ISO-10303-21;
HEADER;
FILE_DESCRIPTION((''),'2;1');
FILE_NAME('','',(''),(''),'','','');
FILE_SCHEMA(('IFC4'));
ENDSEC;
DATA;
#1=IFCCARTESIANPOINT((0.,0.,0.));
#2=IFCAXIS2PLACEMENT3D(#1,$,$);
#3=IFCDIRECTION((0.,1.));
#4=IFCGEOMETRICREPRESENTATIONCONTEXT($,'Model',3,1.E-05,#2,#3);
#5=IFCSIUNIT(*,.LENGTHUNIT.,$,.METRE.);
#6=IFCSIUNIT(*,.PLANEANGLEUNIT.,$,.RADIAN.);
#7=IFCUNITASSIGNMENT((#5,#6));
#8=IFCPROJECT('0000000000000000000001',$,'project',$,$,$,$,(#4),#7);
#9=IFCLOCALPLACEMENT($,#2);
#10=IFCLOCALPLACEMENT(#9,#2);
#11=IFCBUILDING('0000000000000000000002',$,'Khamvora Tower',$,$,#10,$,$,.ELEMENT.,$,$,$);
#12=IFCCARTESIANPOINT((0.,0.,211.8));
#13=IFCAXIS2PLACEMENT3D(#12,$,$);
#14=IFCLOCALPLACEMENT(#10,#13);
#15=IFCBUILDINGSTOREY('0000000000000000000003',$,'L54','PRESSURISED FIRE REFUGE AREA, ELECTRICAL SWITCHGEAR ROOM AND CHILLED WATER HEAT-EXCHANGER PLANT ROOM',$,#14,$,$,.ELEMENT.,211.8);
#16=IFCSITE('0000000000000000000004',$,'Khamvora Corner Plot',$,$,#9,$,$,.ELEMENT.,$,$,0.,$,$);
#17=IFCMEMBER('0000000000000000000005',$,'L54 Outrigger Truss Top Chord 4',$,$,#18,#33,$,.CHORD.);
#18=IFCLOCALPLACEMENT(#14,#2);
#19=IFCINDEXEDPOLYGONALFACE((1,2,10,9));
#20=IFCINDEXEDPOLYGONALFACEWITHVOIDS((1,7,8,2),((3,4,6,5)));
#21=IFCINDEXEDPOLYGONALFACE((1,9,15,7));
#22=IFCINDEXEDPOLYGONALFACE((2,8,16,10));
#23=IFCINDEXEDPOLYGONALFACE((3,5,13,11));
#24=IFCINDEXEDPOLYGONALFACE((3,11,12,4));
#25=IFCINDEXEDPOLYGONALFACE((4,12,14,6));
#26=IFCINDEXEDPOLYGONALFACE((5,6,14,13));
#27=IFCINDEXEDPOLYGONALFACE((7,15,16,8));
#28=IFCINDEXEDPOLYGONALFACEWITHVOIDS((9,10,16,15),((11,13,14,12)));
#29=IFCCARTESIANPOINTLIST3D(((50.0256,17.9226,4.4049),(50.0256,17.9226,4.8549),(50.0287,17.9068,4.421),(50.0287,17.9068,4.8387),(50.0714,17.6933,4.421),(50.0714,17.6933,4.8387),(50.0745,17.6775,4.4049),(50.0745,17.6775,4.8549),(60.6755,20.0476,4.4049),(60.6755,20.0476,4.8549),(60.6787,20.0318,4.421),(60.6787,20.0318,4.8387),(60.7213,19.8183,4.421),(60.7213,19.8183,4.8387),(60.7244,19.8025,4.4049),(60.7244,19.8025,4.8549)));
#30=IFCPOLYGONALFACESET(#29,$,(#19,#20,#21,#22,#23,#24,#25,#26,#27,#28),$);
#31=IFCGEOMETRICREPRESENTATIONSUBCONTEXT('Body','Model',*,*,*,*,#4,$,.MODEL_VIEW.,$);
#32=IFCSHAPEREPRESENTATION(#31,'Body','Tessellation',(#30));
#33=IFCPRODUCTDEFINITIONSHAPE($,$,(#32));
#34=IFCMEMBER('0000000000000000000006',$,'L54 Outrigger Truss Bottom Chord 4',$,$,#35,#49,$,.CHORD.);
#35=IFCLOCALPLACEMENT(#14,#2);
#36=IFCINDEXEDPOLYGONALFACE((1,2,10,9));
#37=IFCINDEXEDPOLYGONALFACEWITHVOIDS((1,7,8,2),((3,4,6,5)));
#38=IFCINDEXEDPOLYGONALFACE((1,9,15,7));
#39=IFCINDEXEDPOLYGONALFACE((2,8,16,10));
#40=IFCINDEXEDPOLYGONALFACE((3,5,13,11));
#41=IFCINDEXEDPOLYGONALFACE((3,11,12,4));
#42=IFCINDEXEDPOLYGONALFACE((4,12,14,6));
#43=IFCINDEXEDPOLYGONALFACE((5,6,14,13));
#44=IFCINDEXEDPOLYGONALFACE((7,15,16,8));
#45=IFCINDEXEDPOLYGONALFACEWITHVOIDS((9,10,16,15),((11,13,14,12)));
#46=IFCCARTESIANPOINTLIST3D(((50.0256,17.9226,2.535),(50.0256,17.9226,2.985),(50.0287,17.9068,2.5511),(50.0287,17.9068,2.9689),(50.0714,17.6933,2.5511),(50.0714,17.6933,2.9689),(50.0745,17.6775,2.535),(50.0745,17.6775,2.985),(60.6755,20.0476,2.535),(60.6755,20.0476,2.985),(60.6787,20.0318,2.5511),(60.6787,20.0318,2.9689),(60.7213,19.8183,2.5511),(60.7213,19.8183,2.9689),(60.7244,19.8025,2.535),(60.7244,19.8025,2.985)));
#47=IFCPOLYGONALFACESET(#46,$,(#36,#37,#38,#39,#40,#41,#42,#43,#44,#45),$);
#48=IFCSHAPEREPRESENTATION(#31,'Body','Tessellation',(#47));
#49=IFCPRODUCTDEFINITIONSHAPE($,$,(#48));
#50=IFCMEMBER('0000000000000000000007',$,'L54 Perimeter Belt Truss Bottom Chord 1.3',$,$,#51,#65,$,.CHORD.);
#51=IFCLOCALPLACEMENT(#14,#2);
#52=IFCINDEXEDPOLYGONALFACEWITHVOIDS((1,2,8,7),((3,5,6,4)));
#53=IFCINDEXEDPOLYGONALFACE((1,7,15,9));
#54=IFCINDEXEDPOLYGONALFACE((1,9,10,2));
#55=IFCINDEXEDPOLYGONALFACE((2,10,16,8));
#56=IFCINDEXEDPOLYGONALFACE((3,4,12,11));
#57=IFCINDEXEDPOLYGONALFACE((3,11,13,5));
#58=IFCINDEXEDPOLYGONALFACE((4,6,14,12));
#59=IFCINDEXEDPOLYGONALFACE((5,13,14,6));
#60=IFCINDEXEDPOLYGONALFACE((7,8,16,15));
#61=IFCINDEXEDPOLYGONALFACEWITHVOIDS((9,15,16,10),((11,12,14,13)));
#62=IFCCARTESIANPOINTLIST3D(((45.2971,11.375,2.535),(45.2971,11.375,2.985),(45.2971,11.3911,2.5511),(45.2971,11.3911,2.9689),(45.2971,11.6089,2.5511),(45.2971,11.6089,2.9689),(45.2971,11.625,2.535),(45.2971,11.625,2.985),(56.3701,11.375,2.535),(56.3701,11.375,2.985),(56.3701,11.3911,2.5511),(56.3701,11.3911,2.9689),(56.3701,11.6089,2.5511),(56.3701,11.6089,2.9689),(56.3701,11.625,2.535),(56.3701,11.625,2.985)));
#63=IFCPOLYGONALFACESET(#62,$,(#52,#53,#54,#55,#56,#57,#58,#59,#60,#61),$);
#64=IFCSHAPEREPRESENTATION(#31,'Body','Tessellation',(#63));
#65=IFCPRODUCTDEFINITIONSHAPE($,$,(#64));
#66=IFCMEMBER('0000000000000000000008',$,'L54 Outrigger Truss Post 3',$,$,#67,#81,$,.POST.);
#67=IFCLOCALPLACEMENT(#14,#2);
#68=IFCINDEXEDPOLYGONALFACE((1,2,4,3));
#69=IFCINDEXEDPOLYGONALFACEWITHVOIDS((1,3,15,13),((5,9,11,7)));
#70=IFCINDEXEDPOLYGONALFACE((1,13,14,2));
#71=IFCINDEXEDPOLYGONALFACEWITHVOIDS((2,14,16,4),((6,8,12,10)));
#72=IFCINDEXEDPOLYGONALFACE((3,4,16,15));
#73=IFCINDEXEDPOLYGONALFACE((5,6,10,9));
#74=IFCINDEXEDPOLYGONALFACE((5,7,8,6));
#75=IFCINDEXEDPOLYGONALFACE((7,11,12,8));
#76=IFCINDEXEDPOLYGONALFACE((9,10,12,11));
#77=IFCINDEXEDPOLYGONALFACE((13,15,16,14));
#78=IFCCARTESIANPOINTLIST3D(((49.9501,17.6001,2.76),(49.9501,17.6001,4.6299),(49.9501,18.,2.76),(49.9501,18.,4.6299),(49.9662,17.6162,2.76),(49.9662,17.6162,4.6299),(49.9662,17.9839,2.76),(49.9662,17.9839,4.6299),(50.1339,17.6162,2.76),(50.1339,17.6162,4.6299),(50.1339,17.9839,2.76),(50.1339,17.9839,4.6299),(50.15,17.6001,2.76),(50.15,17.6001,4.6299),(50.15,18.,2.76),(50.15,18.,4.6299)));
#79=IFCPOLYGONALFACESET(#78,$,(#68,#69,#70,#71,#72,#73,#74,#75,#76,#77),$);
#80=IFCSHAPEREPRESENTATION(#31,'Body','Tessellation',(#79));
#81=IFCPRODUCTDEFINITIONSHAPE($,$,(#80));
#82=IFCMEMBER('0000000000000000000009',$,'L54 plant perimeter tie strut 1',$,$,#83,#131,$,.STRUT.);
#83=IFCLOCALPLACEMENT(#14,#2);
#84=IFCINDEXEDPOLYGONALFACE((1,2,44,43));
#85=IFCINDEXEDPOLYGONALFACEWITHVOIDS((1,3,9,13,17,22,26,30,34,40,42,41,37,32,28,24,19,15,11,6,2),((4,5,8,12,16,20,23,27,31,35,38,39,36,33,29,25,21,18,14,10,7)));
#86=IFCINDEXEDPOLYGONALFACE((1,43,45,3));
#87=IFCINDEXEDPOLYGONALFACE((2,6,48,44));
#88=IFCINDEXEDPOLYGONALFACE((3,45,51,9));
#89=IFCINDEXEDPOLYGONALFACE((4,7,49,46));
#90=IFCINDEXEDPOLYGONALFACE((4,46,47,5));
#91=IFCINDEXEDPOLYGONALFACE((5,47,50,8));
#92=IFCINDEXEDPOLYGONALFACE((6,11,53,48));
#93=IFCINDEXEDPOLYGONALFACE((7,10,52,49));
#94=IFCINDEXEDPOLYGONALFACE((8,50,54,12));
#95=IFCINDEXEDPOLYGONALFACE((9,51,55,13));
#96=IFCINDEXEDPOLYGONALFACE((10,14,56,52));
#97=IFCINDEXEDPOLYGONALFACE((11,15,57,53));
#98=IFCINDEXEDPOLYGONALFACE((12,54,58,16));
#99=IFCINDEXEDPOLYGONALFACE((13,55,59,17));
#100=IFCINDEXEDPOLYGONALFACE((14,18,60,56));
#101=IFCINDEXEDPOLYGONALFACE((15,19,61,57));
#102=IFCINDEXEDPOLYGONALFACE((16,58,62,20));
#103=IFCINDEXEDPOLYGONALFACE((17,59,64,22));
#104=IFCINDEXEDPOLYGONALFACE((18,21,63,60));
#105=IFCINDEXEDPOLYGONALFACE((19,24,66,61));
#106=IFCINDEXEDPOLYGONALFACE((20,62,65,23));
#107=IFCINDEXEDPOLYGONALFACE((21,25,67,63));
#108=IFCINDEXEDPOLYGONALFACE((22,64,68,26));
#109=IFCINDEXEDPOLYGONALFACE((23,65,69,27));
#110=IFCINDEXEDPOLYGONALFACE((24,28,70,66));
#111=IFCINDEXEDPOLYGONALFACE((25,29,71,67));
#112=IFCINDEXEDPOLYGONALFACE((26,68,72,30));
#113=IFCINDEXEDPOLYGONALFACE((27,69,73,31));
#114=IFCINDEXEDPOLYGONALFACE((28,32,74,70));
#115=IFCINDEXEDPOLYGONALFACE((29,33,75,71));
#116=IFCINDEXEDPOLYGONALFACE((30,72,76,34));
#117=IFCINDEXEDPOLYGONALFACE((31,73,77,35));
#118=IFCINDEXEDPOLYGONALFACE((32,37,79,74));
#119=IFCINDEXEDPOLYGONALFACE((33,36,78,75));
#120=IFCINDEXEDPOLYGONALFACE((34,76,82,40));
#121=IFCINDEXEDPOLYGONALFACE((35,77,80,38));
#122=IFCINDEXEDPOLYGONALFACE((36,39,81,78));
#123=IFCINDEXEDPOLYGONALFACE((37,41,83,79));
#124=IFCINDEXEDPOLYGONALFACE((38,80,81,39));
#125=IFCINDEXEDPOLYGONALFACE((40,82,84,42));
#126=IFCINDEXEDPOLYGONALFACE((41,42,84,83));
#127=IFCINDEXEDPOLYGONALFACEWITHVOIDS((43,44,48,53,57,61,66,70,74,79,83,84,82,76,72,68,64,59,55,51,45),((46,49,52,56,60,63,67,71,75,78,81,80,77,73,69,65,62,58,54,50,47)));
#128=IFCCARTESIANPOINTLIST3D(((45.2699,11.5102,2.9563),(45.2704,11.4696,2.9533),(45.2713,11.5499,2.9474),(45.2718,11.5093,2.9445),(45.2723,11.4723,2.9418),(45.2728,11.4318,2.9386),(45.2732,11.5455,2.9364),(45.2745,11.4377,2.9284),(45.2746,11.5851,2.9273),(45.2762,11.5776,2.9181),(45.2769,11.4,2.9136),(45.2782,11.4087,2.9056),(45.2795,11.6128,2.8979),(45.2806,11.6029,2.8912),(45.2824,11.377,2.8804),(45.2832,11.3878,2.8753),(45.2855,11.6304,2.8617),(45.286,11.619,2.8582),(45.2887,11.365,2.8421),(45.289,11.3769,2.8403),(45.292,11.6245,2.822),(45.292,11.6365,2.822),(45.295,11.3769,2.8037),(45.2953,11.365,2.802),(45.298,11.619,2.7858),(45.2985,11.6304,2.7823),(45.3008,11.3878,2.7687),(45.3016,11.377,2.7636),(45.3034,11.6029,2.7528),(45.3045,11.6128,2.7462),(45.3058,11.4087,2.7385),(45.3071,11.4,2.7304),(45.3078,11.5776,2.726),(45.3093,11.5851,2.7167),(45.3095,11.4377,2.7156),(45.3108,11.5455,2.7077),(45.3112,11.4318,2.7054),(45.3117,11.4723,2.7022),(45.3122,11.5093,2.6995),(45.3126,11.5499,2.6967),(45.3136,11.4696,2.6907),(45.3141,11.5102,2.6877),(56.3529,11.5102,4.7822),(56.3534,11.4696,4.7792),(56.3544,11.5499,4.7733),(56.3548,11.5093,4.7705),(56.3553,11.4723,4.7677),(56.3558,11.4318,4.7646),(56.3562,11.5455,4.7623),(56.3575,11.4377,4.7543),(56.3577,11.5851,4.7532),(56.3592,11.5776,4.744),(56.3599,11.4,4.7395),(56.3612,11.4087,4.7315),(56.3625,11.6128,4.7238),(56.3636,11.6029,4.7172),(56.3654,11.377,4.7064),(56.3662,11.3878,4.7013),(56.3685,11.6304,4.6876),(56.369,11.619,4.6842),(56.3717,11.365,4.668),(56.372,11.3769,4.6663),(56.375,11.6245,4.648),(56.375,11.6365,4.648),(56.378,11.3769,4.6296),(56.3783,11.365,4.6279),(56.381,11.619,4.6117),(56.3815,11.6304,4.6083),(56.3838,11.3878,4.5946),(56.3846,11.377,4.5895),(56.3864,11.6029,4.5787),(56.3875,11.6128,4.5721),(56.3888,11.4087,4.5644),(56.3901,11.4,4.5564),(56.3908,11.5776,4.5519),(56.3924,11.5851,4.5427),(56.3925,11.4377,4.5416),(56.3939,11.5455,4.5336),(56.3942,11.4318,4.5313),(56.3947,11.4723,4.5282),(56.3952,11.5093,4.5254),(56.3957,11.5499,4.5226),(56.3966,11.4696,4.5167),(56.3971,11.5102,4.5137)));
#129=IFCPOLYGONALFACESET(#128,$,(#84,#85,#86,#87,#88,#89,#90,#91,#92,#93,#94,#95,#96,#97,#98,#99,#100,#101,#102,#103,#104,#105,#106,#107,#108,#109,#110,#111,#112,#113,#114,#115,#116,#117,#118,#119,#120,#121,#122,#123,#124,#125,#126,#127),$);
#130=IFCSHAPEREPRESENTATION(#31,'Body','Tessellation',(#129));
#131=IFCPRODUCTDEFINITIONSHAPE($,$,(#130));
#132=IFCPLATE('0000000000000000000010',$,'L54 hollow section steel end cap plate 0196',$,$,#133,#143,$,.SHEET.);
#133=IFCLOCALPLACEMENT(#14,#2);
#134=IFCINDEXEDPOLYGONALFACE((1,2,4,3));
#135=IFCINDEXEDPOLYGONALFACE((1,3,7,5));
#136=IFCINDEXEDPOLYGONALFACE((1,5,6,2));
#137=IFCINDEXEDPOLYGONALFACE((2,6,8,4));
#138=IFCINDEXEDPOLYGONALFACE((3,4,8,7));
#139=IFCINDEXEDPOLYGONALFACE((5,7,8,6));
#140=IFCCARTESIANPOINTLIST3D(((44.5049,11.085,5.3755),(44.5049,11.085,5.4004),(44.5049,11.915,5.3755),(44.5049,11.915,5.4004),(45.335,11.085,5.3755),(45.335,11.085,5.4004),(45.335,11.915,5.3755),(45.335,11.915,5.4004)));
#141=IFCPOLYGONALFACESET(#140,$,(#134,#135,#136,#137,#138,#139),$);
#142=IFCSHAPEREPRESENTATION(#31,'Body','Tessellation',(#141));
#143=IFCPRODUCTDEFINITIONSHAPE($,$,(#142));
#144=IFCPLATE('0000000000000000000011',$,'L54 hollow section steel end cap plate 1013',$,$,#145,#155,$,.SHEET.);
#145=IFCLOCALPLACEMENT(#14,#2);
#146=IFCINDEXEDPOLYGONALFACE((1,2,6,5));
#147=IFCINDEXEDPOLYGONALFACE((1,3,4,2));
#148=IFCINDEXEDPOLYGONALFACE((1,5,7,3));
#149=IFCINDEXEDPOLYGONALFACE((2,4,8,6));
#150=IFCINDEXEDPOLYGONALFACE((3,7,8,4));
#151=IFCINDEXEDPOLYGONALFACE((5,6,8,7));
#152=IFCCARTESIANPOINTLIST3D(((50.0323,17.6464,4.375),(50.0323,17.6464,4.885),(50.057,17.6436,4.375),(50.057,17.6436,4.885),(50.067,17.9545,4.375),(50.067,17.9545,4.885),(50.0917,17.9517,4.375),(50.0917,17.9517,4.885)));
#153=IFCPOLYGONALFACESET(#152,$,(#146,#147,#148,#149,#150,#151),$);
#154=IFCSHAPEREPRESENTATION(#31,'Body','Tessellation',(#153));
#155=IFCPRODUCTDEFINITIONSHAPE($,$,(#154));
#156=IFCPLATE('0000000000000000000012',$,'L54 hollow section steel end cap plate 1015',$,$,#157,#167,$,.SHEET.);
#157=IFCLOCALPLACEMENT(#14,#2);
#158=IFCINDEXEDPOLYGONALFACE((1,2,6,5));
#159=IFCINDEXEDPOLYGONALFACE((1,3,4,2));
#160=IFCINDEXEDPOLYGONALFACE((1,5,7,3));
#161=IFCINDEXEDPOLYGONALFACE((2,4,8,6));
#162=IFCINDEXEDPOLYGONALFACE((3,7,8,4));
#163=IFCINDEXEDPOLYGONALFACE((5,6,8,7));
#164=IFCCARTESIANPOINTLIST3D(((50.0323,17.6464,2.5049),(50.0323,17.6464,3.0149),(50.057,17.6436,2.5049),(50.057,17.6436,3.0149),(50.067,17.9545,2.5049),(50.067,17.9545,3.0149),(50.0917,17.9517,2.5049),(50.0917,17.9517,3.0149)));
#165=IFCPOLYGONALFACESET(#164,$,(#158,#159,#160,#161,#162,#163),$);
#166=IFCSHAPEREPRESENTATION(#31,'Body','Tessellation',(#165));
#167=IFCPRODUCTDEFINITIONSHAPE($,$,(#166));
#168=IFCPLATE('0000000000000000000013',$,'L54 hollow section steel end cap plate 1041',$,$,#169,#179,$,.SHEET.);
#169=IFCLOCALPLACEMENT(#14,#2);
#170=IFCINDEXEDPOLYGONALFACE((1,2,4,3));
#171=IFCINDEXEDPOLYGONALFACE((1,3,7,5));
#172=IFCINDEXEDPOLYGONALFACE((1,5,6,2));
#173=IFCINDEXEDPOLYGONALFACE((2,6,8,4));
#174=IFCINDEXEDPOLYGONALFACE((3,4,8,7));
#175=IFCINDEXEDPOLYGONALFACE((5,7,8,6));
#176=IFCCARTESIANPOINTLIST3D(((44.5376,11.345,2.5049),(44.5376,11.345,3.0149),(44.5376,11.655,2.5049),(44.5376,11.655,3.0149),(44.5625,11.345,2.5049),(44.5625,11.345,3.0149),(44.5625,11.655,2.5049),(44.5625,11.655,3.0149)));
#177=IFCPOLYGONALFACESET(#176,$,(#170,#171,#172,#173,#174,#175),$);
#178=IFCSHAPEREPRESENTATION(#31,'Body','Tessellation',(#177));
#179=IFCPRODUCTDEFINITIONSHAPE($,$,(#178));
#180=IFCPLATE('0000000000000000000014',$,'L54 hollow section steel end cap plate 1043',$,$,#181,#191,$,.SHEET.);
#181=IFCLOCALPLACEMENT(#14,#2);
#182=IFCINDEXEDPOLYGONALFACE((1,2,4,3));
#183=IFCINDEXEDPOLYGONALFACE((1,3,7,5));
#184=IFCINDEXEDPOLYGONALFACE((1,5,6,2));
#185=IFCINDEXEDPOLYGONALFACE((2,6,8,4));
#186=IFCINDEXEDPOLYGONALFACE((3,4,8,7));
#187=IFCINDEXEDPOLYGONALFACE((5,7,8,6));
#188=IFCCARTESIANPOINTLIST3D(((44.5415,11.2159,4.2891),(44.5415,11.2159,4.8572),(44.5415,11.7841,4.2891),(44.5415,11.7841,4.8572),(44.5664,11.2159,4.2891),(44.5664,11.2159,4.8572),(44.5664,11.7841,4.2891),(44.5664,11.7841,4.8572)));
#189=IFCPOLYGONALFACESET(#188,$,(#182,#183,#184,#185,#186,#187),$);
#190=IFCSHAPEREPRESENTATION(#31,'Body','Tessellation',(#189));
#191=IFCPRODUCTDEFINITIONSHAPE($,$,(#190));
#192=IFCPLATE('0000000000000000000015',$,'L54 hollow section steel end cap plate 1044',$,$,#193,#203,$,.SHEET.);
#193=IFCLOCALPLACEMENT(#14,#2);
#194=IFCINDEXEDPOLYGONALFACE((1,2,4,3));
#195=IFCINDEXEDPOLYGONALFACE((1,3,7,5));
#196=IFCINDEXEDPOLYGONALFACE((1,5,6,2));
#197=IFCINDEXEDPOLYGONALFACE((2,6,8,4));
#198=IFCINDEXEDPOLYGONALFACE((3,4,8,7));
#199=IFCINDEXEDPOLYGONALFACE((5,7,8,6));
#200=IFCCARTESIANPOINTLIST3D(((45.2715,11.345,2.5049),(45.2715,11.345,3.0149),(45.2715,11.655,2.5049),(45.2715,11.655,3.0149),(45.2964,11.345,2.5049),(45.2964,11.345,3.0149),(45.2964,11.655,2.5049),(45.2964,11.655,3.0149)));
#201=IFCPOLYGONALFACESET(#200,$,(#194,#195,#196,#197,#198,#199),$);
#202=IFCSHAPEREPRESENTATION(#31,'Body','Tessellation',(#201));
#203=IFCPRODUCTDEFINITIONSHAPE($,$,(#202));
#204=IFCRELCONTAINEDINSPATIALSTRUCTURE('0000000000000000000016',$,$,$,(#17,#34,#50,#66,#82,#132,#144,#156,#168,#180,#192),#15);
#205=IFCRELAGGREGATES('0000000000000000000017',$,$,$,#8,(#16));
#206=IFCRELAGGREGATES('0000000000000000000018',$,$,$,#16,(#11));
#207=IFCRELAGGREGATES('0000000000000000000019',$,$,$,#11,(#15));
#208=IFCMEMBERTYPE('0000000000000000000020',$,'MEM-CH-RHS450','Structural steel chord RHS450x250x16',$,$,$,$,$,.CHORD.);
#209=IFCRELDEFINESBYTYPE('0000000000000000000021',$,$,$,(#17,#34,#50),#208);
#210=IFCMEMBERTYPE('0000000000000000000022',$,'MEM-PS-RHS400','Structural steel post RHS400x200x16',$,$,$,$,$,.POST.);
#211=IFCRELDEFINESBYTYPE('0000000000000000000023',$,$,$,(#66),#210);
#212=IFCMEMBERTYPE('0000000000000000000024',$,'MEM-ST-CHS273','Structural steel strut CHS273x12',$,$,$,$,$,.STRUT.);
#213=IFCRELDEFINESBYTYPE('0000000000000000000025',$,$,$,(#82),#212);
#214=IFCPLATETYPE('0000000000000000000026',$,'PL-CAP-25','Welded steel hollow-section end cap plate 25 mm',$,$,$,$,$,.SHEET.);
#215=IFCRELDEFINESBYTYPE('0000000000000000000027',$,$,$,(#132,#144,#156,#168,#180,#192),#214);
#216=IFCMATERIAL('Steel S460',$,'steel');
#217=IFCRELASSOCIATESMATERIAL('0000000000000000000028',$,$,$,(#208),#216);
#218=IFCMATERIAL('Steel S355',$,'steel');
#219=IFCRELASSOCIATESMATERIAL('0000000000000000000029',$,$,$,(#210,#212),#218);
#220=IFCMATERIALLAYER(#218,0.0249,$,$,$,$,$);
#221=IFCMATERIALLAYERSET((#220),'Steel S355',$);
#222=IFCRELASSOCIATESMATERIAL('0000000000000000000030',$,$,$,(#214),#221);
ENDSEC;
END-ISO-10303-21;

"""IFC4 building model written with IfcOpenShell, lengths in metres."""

from ifc_helpers import new_model, si_unit, direction, frame, origin, origin_2d, place, context, subcontext, project, spatial, rectangle, hollow_rectangle, hollow_circle, extrude, material, layer, layer_set, material_profile, profile_set, type_object, element, save


model = new_model("IFC4")

# Units and contexts
model_context = context("Model", 3, precision=1e-05, world=origin(), true_north=direction((0.0, 1.0)))
body_context = subcontext(model_context, "Body", "Model", "MODEL_VIEW")
ifc_project = project(units=[si_unit("LENGTHUNIT", "METRE"), si_unit("PLANEANGLEUNIT", "RADIAN")], contexts=[model_context])

# Site, building, storey
site_placement = place(None, origin())
site = spatial("IfcSite", under=ifc_project, at=site_placement, Name="Khamvora Corner Plot", CompositionType="ELEMENT", RefElevation=0.0)
building_placement = place(site_placement, origin())
building = spatial("IfcBuilding", under=site, at=building_placement, Name="Khamvora Tower", CompositionType="ELEMENT")
storey_placement = place(building_placement, frame((0.0, 0.0, 211.8)))
storey = spatial("IfcBuildingStorey", under=building, at=storey_placement, Name="L54", Description="PRESSURISED FIRE REFUGE AREA, ELECTRICAL SWITCHGEAR ROOM AND CHILLED WATER HEAT-EXCHANGER PLANT ROOM", CompositionType="ELEMENT", Elevation=211.8)

# Shared definitions
ifc_material_1 = material(Name="Steel S355", Category="steel")

# Shared definitions
ifc_material_2 = material(Name="Steel S460", Category="steel")

# Members
ifc_material_profile_1 = material_profile(ifc_material_2, hollow_rectangle(XDim=0.25, YDim=0.45, WallThickness=0.0161, at=origin_2d()), Name="RHS450x250x16")
ifc_profile_set_1 = profile_set([ifc_material_profile_1], Name="Steel S460")
member_type_1 = type_object("IfcMemberType", Name="MEM-CH-RHS450", Description="Structural steel chord RHS450x250x16", PredefinedType="CHORD", material=ifc_profile_set_1)
for number, where, z_axis, x_axis, name in (
    (1, (50.05, 17.8, 4.6299), (0.980669, 0.195675, 0.0), (-0.195675, 0.980669, 0.0), "L54 Outrigger Truss Top Chord 4"),
    (2, (50.05, 17.8, 2.76), (0.980669, 0.195675, 0.0), (-0.195675, 0.980669, 0.0), "L54 Outrigger Truss Bottom Chord 4"),
):
    element("IfcMember", number, at=place(storey_placement, frame(where, z_axis=z_axis, x_axis=x_axis)), inside=storey, type_object=member_type_1, Name=name, PredefinedType="CHORD", context=body_context, shape_type="SweptSolid", body=[
        extrude(hollow_rectangle(XDim=0.25, YDim=0.45, WallThickness=0.0161, at=origin_2d()), origin(), (0.0, 0.0, 1.0), 10.8599),
    ])
member_1_placement = place(storey_placement, frame((45.2971, 11.5, 2.76), z_axis=(1.0, 0.0, 0.0), x_axis=(0.0, 1.0, 0.0)))
element("IfcMember", 3, at=member_1_placement, inside=storey, type_object=member_type_1, Name="L54 Perimeter Belt Truss Bottom Chord 1.3", PredefinedType="CHORD", context=body_context, shape_type="SweptSolid", body=[
    extrude(hollow_rectangle(XDim=0.25, YDim=0.45, WallThickness=0.0161, at=origin_2d()), origin(), (0.0, 0.0, 1.0), 11.073),
])
ifc_material_profile_2 = material_profile(ifc_material_1, hollow_rectangle(XDim=0.2, YDim=0.3999, WallThickness=0.0161, at=origin_2d()), Name="RHS400x200x16")
ifc_profile_set_2 = profile_set([ifc_material_profile_2], Name="Steel S355")
member_type_2 = type_object("IfcMemberType", Name="MEM-PS-RHS400", Description="Structural steel post RHS400x200x16", PredefinedType="POST", material=ifc_profile_set_2)
member_2_placement = place(storey_placement, frame((50.05, 17.8, 2.76), z_axis=(0.0, 0.0, 1.0), x_axis=(1.0, 0.0, 0.0)))
element("IfcMember", 4, at=member_2_placement, inside=storey, type_object=member_type_2, Name="L54 Outrigger Truss Post 3", PredefinedType="POST", context=body_context, shape_type="SweptSolid", body=[
    extrude(hollow_rectangle(XDim=0.2, YDim=0.3999, WallThickness=0.0161, at=origin_2d()), origin(), (0.0, 0.0, 1.0), 1.8699),
])
ifc_material_profile_3 = material_profile(ifc_material_1, hollow_circle(Radius=0.1365, WallThickness=0.012, at=origin_2d()), Name="CHS273x12")
ifc_profile_set_3 = profile_set([ifc_material_profile_3], Name="Steel S355")
member_type_3 = type_object("IfcMemberType", Name="MEM-ST-CHS273", Description="Structural steel strut CHS273x12", PredefinedType="STRUT", material=ifc_profile_set_3)
member_3_placement = place(storey_placement, frame((45.292, 11.5, 2.822), z_axis=(0.986699, 0.0, 0.162559), x_axis=(0.0, 1.0, 0.0)))
element("IfcMember", 5, at=member_3_placement, inside=storey, type_object=member_type_3, Name="L54 plant perimeter tie strut 1", PredefinedType="STRUT", context=body_context, shape_type="SweptSolid", body=[
    extrude(hollow_circle(Radius=0.1365, WallThickness=0.012, at=origin_2d()), origin(), (0.0, 0.0, 1.0), 11.2324),
])

# Plates
ifc_layer_1 = layer(ifc_material_1, 0.0249)
ifc_layer_set_1 = layer_set([ifc_layer_1], Name="Steel S355")
plate_type_1 = type_object("IfcPlateType", Name="PL-CAP-25", Description="Welded steel hollow-section end cap plate 25 mm", PredefinedType="SHEET", material=ifc_layer_set_1)
plate_1_placement = place(storey_placement, frame((44.9199, 11.5, 5.3755), z_axis=(0.0, 0.0, 1.0), x_axis=(1.0, 0.0, 0.0)))
element("IfcPlate", 6, at=plate_1_placement, inside=storey, type_object=plate_type_1, Name="L54 hollow section steel end cap plate 0196", PredefinedType="SHEET", context=body_context, shape_type="SweptSolid", body=[
    extrude(rectangle(XDim=0.8301, YDim=0.8301, at=origin_2d()), origin(), (0.0, 0.0, 1.0), 0.0249),
])
for number, where, z_axis, x_axis, name in (
    (7, (50.062, 17.7991, 4.375), (0.0, 0.0, 1.0), (0.993711, -0.111972, 0.0), "L54 hollow section steel end cap plate 1013"),
    (8, (50.062, 17.7991, 2.5049), (0.0, 0.0, 1.0), (0.993711, -0.111972, 0.0), "L54 hollow section steel end cap plate 1015"),
    (9, (44.55, 11.5, 2.5049), (0.0, 0.0, 1.0), (1.0, 0.0, 0.0), "L54 hollow section steel end cap plate 1041"),
):
    element("IfcPlate", number, at=place(storey_placement, frame(where, z_axis=z_axis, x_axis=x_axis)), inside=storey, type_object=plate_type_1, Name=name, PredefinedType="SHEET", context=body_context, shape_type="SweptSolid", body=[
        extrude(rectangle(XDim=0.0249, YDim=0.3101, at=origin_2d()), origin(), (0.0, 0.0, 1.0), 0.51),
    ])
plate_2_placement = place(storey_placement, frame((44.554, 11.5, 4.2891), z_axis=(0.0, 0.0, 1.0), x_axis=(1.0, 0.0, 0.0)))
element("IfcPlate", 10, at=plate_2_placement, inside=storey, type_object=plate_type_1, Name="L54 hollow section steel end cap plate 1043", PredefinedType="SHEET", context=body_context, shape_type="SweptSolid", body=[
    extrude(rectangle(XDim=0.0249, YDim=0.5681, at=origin_2d()), origin(), (0.0, 0.0, 1.0), 0.5681),
])
plate_3_placement = place(storey_placement, frame((45.2839, 11.5, 2.5049), z_axis=(0.0, 0.0, 1.0), x_axis=(1.0, 0.0, 0.0)))
element("IfcPlate", 11, at=plate_3_placement, inside=storey, type_object=plate_type_1, Name="L54 hollow section steel end cap plate 1044", PredefinedType="SHEET", context=body_context, shape_type="SweptSolid", body=[
    extrude(rectangle(XDim=0.0249, YDim=0.3101, at=origin_2d()), origin(), (0.0, 0.0, 1.0), 0.51),
])

save(model, "model.ifc")
